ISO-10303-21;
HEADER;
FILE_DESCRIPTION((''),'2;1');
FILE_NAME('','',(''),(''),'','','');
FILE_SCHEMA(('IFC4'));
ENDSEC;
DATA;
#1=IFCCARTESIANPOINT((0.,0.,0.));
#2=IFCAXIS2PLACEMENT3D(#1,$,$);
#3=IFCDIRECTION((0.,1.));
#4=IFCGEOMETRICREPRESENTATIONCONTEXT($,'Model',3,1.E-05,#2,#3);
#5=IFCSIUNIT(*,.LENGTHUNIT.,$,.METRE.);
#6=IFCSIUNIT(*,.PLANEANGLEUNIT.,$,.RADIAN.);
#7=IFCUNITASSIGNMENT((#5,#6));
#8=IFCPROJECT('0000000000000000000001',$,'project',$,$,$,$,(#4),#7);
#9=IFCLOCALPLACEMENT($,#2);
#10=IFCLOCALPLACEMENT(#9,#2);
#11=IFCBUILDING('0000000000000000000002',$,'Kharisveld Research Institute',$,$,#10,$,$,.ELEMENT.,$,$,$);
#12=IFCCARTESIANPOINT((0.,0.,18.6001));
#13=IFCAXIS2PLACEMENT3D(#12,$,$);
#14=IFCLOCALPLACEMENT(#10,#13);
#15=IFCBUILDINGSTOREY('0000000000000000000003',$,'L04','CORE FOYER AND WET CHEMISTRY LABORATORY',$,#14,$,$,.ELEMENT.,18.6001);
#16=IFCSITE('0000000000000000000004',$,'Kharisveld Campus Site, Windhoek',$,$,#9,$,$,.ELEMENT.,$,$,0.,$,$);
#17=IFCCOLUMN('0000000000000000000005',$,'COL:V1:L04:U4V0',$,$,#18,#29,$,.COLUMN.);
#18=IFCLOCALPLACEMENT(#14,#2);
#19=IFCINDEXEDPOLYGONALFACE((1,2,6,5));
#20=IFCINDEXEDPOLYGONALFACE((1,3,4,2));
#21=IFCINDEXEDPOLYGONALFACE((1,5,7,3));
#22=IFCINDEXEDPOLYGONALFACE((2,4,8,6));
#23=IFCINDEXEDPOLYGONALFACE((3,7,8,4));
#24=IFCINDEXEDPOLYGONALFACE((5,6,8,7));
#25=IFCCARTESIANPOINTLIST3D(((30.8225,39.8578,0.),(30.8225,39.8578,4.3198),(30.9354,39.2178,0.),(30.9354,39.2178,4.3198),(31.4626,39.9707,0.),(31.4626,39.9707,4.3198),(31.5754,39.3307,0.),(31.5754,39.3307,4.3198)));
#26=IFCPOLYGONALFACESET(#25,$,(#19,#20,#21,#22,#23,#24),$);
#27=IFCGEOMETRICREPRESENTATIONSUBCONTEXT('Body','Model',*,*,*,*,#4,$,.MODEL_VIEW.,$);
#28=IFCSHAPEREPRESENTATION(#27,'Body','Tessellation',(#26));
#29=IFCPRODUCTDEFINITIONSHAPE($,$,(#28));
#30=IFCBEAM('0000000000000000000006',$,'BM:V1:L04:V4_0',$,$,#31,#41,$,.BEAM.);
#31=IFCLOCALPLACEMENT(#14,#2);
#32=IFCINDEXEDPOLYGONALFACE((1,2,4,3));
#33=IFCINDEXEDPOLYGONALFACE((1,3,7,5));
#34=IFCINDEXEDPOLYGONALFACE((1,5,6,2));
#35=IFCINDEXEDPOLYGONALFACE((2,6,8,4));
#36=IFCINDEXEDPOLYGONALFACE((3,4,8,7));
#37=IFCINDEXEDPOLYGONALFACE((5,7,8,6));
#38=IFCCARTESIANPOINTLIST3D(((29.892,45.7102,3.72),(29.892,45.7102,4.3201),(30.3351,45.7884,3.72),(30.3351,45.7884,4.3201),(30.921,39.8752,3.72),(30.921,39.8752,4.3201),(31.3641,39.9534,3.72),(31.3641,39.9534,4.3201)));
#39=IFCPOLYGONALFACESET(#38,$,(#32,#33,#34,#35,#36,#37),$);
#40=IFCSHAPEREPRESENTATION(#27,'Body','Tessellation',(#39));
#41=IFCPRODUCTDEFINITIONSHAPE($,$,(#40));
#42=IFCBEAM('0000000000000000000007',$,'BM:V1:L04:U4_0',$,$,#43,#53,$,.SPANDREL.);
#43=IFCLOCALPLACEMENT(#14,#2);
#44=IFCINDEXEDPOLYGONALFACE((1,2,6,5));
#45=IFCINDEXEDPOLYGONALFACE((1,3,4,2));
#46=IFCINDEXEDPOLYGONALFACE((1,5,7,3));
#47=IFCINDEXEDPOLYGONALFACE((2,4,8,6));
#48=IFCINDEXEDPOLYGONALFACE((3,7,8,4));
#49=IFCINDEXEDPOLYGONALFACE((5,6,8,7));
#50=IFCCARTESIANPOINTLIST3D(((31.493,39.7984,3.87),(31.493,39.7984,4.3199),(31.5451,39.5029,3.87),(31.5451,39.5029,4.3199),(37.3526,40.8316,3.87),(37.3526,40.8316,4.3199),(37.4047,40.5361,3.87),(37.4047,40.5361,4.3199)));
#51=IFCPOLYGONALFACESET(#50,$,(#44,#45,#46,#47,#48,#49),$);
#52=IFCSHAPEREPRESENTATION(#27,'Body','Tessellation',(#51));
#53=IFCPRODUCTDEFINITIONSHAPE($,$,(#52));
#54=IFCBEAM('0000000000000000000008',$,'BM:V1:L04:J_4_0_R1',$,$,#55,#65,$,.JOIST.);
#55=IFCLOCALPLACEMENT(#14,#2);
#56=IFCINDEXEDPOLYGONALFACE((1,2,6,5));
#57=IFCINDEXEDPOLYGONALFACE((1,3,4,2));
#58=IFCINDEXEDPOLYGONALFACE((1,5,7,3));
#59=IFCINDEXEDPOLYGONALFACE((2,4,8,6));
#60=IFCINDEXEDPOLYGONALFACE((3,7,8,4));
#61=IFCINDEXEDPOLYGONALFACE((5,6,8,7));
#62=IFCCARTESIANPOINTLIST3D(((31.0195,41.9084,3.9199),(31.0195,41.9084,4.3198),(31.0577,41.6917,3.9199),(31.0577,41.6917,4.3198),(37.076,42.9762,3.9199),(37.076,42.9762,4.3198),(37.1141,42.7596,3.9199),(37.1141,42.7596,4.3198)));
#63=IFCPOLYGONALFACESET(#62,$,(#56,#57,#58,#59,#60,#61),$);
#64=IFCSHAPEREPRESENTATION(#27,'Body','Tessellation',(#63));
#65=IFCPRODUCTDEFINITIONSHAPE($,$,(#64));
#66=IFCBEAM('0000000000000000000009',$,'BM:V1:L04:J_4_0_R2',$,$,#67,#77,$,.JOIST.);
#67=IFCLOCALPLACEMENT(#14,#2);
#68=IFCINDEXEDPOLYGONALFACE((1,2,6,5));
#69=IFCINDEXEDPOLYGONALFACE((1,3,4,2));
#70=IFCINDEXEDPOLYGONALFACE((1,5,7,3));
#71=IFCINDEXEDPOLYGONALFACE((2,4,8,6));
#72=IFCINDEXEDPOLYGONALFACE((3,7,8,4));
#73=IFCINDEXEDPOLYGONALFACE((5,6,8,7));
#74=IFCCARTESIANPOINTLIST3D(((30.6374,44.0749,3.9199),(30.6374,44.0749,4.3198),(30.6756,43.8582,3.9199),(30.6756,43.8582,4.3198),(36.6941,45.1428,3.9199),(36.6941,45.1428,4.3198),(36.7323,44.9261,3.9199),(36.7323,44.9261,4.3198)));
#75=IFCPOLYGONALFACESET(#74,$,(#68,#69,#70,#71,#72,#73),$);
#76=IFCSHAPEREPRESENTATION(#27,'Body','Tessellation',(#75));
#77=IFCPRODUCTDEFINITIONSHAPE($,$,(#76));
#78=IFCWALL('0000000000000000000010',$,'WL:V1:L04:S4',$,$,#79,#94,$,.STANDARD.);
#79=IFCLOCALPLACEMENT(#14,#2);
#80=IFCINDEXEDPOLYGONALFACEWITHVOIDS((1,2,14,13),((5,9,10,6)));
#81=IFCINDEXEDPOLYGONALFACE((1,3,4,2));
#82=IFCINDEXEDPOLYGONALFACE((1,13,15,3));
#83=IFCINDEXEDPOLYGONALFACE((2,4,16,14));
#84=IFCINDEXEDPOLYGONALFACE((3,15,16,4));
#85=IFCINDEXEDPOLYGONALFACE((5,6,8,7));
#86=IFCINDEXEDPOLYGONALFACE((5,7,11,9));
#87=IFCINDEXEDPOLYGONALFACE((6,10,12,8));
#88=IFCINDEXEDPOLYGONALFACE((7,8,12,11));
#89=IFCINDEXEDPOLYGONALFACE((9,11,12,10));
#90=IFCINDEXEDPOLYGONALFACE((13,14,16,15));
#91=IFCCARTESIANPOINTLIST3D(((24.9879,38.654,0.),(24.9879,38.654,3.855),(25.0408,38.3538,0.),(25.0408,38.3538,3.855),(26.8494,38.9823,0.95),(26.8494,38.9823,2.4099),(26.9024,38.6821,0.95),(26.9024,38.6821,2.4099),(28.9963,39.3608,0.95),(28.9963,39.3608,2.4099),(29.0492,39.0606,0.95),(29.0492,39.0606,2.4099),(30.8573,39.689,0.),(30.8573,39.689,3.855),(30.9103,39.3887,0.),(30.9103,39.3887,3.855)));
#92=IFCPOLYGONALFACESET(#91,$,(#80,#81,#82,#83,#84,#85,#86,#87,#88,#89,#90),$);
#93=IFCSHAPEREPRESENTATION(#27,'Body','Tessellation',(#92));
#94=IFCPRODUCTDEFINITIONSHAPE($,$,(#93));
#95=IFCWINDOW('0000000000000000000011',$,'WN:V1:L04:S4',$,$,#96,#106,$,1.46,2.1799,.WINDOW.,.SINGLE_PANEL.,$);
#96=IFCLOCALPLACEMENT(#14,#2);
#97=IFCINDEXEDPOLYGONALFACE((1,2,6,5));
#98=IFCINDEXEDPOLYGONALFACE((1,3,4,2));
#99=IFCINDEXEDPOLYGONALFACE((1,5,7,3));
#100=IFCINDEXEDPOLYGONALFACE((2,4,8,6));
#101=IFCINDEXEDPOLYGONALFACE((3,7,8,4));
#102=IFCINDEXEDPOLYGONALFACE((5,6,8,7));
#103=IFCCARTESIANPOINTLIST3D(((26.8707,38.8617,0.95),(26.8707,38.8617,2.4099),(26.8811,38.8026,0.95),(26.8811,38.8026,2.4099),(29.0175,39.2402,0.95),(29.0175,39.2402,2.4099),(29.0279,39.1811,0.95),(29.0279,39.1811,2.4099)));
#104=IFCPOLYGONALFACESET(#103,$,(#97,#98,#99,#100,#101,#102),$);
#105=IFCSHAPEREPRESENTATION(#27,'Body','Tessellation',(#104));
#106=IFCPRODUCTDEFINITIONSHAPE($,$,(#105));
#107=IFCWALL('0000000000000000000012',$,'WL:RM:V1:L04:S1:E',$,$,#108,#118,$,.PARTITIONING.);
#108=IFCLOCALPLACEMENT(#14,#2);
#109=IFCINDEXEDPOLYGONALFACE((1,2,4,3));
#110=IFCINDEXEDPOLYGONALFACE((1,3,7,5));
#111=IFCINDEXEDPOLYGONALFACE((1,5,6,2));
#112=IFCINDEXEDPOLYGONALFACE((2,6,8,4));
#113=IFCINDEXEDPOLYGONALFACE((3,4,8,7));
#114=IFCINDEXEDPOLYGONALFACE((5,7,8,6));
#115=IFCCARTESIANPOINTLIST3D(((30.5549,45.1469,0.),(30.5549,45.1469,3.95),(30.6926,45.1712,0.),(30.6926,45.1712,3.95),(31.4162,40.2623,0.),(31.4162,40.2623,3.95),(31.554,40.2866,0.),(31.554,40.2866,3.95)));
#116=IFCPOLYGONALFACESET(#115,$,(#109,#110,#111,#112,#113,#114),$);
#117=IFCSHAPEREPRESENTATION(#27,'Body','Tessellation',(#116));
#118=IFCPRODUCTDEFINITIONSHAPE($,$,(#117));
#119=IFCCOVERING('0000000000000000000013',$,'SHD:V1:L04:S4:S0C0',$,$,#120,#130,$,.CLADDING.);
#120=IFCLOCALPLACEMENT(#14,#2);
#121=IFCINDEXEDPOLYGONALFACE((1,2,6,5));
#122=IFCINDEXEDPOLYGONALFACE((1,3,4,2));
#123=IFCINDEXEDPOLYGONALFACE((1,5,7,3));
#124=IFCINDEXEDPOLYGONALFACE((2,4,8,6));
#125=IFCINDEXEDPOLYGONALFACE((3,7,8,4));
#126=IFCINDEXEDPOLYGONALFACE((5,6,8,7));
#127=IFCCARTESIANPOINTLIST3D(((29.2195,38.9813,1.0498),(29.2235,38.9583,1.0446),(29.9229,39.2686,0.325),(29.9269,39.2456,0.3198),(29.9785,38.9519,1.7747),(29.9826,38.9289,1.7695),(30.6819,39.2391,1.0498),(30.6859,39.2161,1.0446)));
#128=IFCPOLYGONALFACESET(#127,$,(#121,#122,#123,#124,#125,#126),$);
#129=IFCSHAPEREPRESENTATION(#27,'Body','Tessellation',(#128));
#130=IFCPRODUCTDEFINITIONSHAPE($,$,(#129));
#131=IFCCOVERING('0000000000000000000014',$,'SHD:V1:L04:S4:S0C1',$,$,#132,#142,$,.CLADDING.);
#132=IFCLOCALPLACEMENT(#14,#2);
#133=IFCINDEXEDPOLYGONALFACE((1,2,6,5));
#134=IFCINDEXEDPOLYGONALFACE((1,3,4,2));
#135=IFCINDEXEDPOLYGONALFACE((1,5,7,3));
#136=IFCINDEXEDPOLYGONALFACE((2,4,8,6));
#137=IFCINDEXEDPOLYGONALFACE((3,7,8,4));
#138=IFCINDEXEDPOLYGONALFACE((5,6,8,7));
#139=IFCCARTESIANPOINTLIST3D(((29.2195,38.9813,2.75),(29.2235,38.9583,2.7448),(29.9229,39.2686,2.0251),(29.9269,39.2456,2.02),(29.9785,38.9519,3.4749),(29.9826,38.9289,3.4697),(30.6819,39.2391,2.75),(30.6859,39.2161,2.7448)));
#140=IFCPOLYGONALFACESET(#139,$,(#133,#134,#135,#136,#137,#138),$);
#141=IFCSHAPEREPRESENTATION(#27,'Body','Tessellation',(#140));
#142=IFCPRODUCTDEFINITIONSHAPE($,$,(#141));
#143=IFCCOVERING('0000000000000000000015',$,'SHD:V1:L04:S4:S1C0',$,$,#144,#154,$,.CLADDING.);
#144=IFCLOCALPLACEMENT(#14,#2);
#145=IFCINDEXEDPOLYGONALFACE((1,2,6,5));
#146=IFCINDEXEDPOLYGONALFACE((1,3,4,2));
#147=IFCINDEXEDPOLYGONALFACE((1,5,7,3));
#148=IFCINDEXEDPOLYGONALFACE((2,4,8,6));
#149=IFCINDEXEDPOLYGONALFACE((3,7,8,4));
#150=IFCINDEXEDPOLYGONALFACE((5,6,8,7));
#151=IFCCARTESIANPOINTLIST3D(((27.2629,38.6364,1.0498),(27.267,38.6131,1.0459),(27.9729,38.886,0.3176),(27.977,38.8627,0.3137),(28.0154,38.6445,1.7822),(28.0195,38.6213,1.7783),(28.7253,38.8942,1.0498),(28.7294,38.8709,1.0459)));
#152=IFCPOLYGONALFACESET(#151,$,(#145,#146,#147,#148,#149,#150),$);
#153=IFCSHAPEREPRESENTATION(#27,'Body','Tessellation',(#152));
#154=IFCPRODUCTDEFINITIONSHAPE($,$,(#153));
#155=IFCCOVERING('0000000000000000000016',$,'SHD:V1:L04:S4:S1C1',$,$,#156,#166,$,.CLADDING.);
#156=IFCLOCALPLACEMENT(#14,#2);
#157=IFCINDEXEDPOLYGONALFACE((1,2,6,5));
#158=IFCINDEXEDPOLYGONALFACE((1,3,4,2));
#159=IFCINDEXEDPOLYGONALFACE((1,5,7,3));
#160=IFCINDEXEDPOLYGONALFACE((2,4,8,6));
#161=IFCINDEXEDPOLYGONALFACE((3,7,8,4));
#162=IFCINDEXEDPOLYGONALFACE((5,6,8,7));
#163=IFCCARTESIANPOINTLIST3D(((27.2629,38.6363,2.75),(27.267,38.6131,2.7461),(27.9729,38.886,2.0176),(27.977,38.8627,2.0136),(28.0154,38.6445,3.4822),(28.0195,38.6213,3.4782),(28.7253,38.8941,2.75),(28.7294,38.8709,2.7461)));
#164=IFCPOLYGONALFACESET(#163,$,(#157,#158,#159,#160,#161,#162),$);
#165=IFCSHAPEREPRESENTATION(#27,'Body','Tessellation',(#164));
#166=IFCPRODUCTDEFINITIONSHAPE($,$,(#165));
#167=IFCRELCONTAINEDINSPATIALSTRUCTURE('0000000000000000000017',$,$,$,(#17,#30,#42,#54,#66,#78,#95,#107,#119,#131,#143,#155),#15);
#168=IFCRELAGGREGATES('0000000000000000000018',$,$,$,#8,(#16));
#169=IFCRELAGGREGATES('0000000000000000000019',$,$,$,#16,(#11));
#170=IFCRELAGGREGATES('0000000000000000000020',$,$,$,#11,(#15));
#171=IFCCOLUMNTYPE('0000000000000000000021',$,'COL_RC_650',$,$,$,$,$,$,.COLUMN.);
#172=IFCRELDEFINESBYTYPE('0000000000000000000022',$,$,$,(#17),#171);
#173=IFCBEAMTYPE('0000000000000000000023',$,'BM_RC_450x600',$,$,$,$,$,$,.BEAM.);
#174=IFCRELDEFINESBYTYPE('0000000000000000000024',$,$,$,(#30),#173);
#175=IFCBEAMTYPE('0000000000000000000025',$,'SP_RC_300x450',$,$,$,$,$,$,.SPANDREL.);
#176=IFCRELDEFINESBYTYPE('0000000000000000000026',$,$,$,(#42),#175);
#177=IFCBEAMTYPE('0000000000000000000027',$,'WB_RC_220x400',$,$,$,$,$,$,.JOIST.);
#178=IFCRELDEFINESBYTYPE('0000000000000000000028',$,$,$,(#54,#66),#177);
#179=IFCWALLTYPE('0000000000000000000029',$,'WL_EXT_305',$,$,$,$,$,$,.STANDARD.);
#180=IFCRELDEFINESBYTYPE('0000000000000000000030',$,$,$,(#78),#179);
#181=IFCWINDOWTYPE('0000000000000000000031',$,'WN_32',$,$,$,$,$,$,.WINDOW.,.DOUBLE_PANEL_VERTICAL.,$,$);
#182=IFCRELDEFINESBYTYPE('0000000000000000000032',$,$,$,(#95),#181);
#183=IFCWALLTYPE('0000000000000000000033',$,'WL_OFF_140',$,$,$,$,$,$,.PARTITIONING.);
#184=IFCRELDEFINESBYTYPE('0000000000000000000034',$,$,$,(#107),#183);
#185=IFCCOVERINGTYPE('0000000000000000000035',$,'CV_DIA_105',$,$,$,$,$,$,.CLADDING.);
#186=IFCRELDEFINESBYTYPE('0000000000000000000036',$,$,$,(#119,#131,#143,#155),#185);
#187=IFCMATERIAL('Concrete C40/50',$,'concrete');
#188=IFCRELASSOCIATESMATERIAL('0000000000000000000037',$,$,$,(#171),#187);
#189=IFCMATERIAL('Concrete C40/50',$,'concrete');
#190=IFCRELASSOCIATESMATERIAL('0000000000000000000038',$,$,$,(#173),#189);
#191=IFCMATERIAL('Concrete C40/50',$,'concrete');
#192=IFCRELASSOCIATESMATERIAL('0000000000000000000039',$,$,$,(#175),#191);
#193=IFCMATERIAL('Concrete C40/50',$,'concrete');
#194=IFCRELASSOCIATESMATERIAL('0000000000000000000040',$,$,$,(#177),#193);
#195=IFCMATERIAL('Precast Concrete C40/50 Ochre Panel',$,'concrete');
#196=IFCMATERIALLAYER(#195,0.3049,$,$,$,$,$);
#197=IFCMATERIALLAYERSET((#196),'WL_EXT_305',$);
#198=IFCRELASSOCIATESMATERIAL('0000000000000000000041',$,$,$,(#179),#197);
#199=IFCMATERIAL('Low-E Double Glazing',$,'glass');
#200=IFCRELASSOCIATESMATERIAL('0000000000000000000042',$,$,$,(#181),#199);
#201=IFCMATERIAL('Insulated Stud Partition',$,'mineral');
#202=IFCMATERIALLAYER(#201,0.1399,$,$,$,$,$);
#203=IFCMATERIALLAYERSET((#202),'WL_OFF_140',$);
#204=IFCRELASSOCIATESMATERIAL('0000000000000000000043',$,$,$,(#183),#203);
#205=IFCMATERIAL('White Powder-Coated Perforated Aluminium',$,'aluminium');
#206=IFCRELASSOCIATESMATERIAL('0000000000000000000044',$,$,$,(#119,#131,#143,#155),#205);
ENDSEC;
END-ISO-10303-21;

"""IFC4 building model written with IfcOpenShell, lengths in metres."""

from ifc_helpers import new_model, si_unit, direction, frame, frame_2d, origin, origin_2d, place, context, subcontext, project, spatial, polyline, rectangle, outline, extrude, material, layer, layer_set, material_profile, profile_set, type_object, element, fill, save


model = new_model("IFC4")

# Units and contexts
model_context = context("Model", 3, precision=1e-05, world=origin(), true_north=direction((0.0, 1.0)))
body_context = subcontext(model_context, "Body", "Model", "MODEL_VIEW")
ifc_project = project(units=[si_unit("LENGTHUNIT", "METRE"), si_unit("PLANEANGLEUNIT", "RADIAN")], contexts=[model_context])

# Site, building, storey
site_placement = place(None, origin())
site = spatial("IfcSite", under=ifc_project, at=site_placement, Name="Kharisveld Campus Site, Windhoek", CompositionType="ELEMENT", RefElevation=0.0)
building_placement = place(site_placement, origin())
building = spatial("IfcBuilding", under=site, at=building_placement, Name="Kharisveld Research Institute", CompositionType="ELEMENT")
storey_placement = place(building_placement, frame((0.0, 0.0, 18.6001)))
storey = spatial("IfcBuildingStorey", under=building, at=storey_placement, Name="L04", Description="CORE FOYER AND WET CHEMISTRY LABORATORY", CompositionType="ELEMENT", Elevation=18.6001)

# Column
ifc_material_1 = material(Name="Concrete C40/50", Category="concrete")
ifc_material_profile_1 = material_profile(ifc_material_1, rectangle(XDim=0.6499, YDim=0.6499, at=origin_2d()))
ifc_profile_set_1 = profile_set([ifc_material_profile_1], Name="Concrete C40/50")
column_type = type_object("IfcColumnType", Name="COL_RC_650", PredefinedType="COLUMN", material=ifc_profile_set_1)
column_placement = place(storey_placement, frame((31.199, 39.5942, 0.0), z_axis=(0.0, 0.0, 1.0), x_axis=(0.984808, 0.173648, 0.0)))
element("IfcColumn", 1, at=column_placement, inside=storey, type_object=column_type, Name="COL:V1:L04:U4V0", PredefinedType="COLUMN", context=body_context, shape_type="SweptSolid", body=[
    extrude(rectangle(XDim=0.6499, YDim=0.6499, at=origin_2d()), origin(), (0.0, 0.0, 1.0), 4.3198),
])

# Beams
ifc_material_2 = material(Name="Concrete C40/50", Category="concrete")
ifc_material_profile_2 = material_profile(ifc_material_2, rectangle(XDim=0.45, YDim=0.6001, at=origin_2d()))
ifc_profile_set_2 = profile_set([ifc_material_profile_2], Name="Concrete C40/50")
beam_type_1 = type_object("IfcBeamType", Name="BM_RC_450x600", PredefinedType="BEAM", material=ifc_profile_set_2)
beam_1_placement = place(storey_placement, frame((31.1426, 39.9143, 4.02), z_axis=(-0.17368, 0.984802, 0.0), x_axis=(-0.984802, -0.17368, 0.0)))
element("IfcBeam", 2, at=beam_1_placement, inside=storey, type_object=beam_type_1, Name="BM:V1:L04:V4_0", PredefinedType="BEAM", context=body_context, shape_type="SweptSolid", body=[
    extrude(rectangle(XDim=0.45, YDim=0.6001, at=origin_2d()), origin(), (0.0, 0.0, 1.0), 5.925),
])
ifc_material_3 = material(Name="Concrete C40/50", Category="concrete")
ifc_material_profile_3 = material_profile(ifc_material_3, rectangle(XDim=0.3, YDim=0.45, at=origin_2d()))
ifc_profile_set_3 = profile_set([ifc_material_profile_3], Name="Concrete C40/50")
beam_type_2 = type_object("IfcBeamType", Name="SP_RC_300x450", PredefinedType="SPANDREL", material=ifc_profile_set_3)
beam_2_placement = place(storey_placement, frame((31.519, 39.6506, 4.095), z_axis=(0.984808, 0.173647, 0.0), x_axis=(-0.173647, 0.984808, 0.0)))
element("IfcBeam", 3, at=beam_2_placement, inside=storey, type_object=beam_type_2, Name="BM:V1:L04:U4_0", PredefinedType="SPANDREL", context=body_context, shape_type="SweptSolid", body=[
    extrude(rectangle(XDim=0.3, YDim=0.45, at=origin_2d()), origin(), (0.0, 0.0, 1.0), 5.95),
])
ifc_material_4 = material(Name="Concrete C40/50", Category="concrete")
ifc_material_profile_4 = material_profile(ifc_material_4, rectangle(XDim=0.22, YDim=0.3999, at=origin_2d()))
ifc_profile_set_4 = profile_set([ifc_material_profile_4], Name="Concrete C40/50")
beam_type_3 = type_object("IfcBeamType", Name="WB_RC_220x400", PredefinedType="JOIST", material=ifc_profile_set_4)
beam_3_placement = place(storey_placement, frame((31.0386, 41.8, 4.1199), z_axis=(0.984809, 0.173643, 0.0), x_axis=(-0.173643, 0.984809, 0.0)))
element("IfcBeam", 4, at=beam_3_placement, inside=storey, type_object=beam_type_3, Name="BM:V1:L04:J_4_0_R1", PredefinedType="JOIST", context=body_context, shape_type="SweptSolid", body=[
    extrude(rectangle(XDim=0.22, YDim=0.3999, at=origin_2d()), origin(), (0.0, 0.0, 1.0), 6.1499),
])
beam_4_placement = place(storey_placement, frame((30.6565, 43.9666, 4.1199), z_axis=(0.98481, 0.173636, 0.0), x_axis=(-0.173636, 0.98481, 0.0)))
element("IfcBeam", 5, at=beam_4_placement, inside=storey, type_object=beam_type_3, Name="BM:V1:L04:J_4_0_R2", PredefinedType="JOIST", context=body_context, shape_type="SweptSolid", body=[
    extrude(rectangle(XDim=0.22, YDim=0.3999, at=origin_2d()), origin(), (0.0, 0.0, 1.0), 6.1501),
])

# Wall, opening, window
ifc_material_5 = material(Name="Precast Concrete C40/50 Ochre Panel", Category="concrete")
ifc_layer_1 = layer(ifc_material_5, 0.3049)
ifc_layer_set_1 = layer_set([ifc_layer_1], Name="WL_EXT_305")
wall_type_1 = type_object("IfcWallType", Name="WL_EXT_305", PredefinedType="STANDARD", material=ifc_layer_set_1)
wall_1_placement = place(storey_placement, frame((30.8838, 39.5388, 0.0), z_axis=(0.0, 0.0, 1.0), x_axis=(-0.984808, -0.173645, 0.0)))
wall_1 = element("IfcWall", 6, at=wall_1_placement, inside=storey, type_object=wall_type_1, Name="WL:V1:L04:S4", PredefinedType="STANDARD", context=body_context, shape_type="SweptSolid", body=[
    extrude(rectangle(XDim=5.96, YDim=0.3049, at=frame_2d((2.98, 0.0))), origin(), (0.0, 0.0, 1.0), 3.855),
])
opening_placement = place(wall_1_placement, frame((1.8899, 0.0, 0.95)))
opening = element("IfcOpeningElement", 7, at=opening_placement, cuts=wall_1, PredefinedType="OPENING", context=body_context, shape_type="SweptSolid", body=[
    extrude(rectangle(XDim=2.1799, YDim=1.46, at=frame_2d((1.0898, 0.73))), frame((0.0, 0.1523, 0.0), z_axis=(0.0, -1.0, 0.0), x_axis=(1.0, 0.0, 0.0)), (0.0, 0.0, 1.0), 0.3049),
])
ifc_material_6 = material(Name="Low-E Double Glazing", Category="glass")
window_type = type_object("IfcWindowType", Name="WN_32", PartitioningType="DOUBLE_PANEL_VERTICAL", PredefinedType="WINDOW", material=ifc_material_6)
window_placement = place(opening_placement, origin())
window = element("IfcWindow", 8, at=window_placement, inside=storey, type_object=window_type, Name="WN:V1:L04:S4", OverallHeight=1.46, OverallWidth=2.1799, PartitioningType="SINGLE_PANEL", PredefinedType="WINDOW", context=body_context, shape_type="SweptSolid", body=[
    extrude(rectangle(XDim=2.1799, YDim=1.46, at=frame_2d((1.0898, 0.73))), frame((0.0, 0.03, 0.0), z_axis=(0.0, -1.0, 0.0), x_axis=(1.0, 0.0, 0.0)), (0.0, 0.0, 1.0), 0.0601),
])
fill(opening, window)

# Wall
ifc_material_7 = material(Name="Insulated Stud Partition", Category="mineral")
ifc_layer_2 = layer(ifc_material_7, 0.1399)
ifc_layer_set_2 = layer_set([ifc_layer_2], Name="WL_OFF_140")
wall_type_2 = type_object("IfcWallType", Name="WL_OFF_140", PredefinedType="PARTITIONING", material=ifc_layer_set_2)
wall_2_placement = place(storey_placement, frame((31.4851, 40.2744, 0.0), z_axis=(0.0, 0.0, 1.0), x_axis=(-0.173659, 0.984806, 0.0)))
element("IfcWall", 9, at=wall_2_placement, inside=storey, type_object=wall_type_2, Name="WL:RM:V1:L04:S1:E", PredefinedType="PARTITIONING", context=body_context, shape_type="SweptSolid", body=[
    extrude(rectangle(XDim=4.96, YDim=0.1399, at=frame_2d((2.48, 0.0))), origin(), (0.0, 0.0, 1.0), 3.95),
])

# Coverings
ifc_material_8 = material(Name="White Powder-Coated Perforated Aluminium", Category="aluminium")
covering_type = type_object("IfcCoveringType", Name="CV_DIA_105", PredefinedType="CLADDING")
for number, where, z_axis, x_axis, name in (
    (10, (29.9229, 39.2686, 0.325), (-0.169498, 0.961453, 0.216512), (-0.66983, -0.273536, 0.690294), "SHD:V1:L04:S4:S0C0"),
    (11, (29.9229, 39.2686, 2.0251), (-0.169498, 0.961453, 0.216512), (-0.66983, -0.273536, 0.690294), "SHD:V1:L04:S4:S0C1"),
):
    element("IfcCovering", number, at=place(storey_placement, frame(where, z_axis=z_axis, x_axis=x_axis)), inside=storey, type_object=covering_type, material=ifc_material_8, Name=name, PredefinedType="CLADDING", context=body_context, shape_type="SweptSolid", body=[
        extrude(outline(polyline([(0.0, 0.0), (1.0501, 0.0), (1.0501, 1.05), (0.0, 1.05), (0.0, 0.0)])), origin(), (0.0, 0.0, -1.0), 0.0239),
    ])
covering_1_placement = place(storey_placement, frame((27.9729, 38.886, 0.3176), z_axis=(-0.171234, 0.971299, 0.165096), x_axis=(-0.676174, -0.237734, 0.697332)))
element("IfcCovering", 12, at=covering_1_placement, inside=storey, type_object=covering_type, material=ifc_material_8, Name="SHD:V1:L04:S4:S1C0", PredefinedType="CLADDING", context=body_context, shape_type="SweptSolid", body=[
    extrude(outline(polyline([(0.0, 0.0), (1.05, 0.0), (1.05, 1.0501), (-0.0001, 1.0499), (0.0, 0.0)])), origin(), (0.0, 0.0, -1.0), 0.0239),
])
covering_2_placement = place(storey_placement, frame((27.9729, 38.886, 2.0176), z_axis=(-0.171234, 0.971299, 0.165096), x_axis=(-0.676058, -0.237732, 0.697445)))
element("IfcCovering", 13, at=covering_2_placement, inside=storey, type_object=covering_type, material=ifc_material_8, Name="SHD:V1:L04:S4:S1C1", PredefinedType="CLADDING", context=body_context, shape_type="SweptSolid", body=[
    extrude(outline(polyline([(0.0, 0.0), (1.0502, 0.0), (1.0502, 1.0499), (0.0002, 1.0501), (0.0, 0.0)])), origin(), (0.0, 0.0, -1.0), 0.0239),
])

save(model, "model.ifc")
